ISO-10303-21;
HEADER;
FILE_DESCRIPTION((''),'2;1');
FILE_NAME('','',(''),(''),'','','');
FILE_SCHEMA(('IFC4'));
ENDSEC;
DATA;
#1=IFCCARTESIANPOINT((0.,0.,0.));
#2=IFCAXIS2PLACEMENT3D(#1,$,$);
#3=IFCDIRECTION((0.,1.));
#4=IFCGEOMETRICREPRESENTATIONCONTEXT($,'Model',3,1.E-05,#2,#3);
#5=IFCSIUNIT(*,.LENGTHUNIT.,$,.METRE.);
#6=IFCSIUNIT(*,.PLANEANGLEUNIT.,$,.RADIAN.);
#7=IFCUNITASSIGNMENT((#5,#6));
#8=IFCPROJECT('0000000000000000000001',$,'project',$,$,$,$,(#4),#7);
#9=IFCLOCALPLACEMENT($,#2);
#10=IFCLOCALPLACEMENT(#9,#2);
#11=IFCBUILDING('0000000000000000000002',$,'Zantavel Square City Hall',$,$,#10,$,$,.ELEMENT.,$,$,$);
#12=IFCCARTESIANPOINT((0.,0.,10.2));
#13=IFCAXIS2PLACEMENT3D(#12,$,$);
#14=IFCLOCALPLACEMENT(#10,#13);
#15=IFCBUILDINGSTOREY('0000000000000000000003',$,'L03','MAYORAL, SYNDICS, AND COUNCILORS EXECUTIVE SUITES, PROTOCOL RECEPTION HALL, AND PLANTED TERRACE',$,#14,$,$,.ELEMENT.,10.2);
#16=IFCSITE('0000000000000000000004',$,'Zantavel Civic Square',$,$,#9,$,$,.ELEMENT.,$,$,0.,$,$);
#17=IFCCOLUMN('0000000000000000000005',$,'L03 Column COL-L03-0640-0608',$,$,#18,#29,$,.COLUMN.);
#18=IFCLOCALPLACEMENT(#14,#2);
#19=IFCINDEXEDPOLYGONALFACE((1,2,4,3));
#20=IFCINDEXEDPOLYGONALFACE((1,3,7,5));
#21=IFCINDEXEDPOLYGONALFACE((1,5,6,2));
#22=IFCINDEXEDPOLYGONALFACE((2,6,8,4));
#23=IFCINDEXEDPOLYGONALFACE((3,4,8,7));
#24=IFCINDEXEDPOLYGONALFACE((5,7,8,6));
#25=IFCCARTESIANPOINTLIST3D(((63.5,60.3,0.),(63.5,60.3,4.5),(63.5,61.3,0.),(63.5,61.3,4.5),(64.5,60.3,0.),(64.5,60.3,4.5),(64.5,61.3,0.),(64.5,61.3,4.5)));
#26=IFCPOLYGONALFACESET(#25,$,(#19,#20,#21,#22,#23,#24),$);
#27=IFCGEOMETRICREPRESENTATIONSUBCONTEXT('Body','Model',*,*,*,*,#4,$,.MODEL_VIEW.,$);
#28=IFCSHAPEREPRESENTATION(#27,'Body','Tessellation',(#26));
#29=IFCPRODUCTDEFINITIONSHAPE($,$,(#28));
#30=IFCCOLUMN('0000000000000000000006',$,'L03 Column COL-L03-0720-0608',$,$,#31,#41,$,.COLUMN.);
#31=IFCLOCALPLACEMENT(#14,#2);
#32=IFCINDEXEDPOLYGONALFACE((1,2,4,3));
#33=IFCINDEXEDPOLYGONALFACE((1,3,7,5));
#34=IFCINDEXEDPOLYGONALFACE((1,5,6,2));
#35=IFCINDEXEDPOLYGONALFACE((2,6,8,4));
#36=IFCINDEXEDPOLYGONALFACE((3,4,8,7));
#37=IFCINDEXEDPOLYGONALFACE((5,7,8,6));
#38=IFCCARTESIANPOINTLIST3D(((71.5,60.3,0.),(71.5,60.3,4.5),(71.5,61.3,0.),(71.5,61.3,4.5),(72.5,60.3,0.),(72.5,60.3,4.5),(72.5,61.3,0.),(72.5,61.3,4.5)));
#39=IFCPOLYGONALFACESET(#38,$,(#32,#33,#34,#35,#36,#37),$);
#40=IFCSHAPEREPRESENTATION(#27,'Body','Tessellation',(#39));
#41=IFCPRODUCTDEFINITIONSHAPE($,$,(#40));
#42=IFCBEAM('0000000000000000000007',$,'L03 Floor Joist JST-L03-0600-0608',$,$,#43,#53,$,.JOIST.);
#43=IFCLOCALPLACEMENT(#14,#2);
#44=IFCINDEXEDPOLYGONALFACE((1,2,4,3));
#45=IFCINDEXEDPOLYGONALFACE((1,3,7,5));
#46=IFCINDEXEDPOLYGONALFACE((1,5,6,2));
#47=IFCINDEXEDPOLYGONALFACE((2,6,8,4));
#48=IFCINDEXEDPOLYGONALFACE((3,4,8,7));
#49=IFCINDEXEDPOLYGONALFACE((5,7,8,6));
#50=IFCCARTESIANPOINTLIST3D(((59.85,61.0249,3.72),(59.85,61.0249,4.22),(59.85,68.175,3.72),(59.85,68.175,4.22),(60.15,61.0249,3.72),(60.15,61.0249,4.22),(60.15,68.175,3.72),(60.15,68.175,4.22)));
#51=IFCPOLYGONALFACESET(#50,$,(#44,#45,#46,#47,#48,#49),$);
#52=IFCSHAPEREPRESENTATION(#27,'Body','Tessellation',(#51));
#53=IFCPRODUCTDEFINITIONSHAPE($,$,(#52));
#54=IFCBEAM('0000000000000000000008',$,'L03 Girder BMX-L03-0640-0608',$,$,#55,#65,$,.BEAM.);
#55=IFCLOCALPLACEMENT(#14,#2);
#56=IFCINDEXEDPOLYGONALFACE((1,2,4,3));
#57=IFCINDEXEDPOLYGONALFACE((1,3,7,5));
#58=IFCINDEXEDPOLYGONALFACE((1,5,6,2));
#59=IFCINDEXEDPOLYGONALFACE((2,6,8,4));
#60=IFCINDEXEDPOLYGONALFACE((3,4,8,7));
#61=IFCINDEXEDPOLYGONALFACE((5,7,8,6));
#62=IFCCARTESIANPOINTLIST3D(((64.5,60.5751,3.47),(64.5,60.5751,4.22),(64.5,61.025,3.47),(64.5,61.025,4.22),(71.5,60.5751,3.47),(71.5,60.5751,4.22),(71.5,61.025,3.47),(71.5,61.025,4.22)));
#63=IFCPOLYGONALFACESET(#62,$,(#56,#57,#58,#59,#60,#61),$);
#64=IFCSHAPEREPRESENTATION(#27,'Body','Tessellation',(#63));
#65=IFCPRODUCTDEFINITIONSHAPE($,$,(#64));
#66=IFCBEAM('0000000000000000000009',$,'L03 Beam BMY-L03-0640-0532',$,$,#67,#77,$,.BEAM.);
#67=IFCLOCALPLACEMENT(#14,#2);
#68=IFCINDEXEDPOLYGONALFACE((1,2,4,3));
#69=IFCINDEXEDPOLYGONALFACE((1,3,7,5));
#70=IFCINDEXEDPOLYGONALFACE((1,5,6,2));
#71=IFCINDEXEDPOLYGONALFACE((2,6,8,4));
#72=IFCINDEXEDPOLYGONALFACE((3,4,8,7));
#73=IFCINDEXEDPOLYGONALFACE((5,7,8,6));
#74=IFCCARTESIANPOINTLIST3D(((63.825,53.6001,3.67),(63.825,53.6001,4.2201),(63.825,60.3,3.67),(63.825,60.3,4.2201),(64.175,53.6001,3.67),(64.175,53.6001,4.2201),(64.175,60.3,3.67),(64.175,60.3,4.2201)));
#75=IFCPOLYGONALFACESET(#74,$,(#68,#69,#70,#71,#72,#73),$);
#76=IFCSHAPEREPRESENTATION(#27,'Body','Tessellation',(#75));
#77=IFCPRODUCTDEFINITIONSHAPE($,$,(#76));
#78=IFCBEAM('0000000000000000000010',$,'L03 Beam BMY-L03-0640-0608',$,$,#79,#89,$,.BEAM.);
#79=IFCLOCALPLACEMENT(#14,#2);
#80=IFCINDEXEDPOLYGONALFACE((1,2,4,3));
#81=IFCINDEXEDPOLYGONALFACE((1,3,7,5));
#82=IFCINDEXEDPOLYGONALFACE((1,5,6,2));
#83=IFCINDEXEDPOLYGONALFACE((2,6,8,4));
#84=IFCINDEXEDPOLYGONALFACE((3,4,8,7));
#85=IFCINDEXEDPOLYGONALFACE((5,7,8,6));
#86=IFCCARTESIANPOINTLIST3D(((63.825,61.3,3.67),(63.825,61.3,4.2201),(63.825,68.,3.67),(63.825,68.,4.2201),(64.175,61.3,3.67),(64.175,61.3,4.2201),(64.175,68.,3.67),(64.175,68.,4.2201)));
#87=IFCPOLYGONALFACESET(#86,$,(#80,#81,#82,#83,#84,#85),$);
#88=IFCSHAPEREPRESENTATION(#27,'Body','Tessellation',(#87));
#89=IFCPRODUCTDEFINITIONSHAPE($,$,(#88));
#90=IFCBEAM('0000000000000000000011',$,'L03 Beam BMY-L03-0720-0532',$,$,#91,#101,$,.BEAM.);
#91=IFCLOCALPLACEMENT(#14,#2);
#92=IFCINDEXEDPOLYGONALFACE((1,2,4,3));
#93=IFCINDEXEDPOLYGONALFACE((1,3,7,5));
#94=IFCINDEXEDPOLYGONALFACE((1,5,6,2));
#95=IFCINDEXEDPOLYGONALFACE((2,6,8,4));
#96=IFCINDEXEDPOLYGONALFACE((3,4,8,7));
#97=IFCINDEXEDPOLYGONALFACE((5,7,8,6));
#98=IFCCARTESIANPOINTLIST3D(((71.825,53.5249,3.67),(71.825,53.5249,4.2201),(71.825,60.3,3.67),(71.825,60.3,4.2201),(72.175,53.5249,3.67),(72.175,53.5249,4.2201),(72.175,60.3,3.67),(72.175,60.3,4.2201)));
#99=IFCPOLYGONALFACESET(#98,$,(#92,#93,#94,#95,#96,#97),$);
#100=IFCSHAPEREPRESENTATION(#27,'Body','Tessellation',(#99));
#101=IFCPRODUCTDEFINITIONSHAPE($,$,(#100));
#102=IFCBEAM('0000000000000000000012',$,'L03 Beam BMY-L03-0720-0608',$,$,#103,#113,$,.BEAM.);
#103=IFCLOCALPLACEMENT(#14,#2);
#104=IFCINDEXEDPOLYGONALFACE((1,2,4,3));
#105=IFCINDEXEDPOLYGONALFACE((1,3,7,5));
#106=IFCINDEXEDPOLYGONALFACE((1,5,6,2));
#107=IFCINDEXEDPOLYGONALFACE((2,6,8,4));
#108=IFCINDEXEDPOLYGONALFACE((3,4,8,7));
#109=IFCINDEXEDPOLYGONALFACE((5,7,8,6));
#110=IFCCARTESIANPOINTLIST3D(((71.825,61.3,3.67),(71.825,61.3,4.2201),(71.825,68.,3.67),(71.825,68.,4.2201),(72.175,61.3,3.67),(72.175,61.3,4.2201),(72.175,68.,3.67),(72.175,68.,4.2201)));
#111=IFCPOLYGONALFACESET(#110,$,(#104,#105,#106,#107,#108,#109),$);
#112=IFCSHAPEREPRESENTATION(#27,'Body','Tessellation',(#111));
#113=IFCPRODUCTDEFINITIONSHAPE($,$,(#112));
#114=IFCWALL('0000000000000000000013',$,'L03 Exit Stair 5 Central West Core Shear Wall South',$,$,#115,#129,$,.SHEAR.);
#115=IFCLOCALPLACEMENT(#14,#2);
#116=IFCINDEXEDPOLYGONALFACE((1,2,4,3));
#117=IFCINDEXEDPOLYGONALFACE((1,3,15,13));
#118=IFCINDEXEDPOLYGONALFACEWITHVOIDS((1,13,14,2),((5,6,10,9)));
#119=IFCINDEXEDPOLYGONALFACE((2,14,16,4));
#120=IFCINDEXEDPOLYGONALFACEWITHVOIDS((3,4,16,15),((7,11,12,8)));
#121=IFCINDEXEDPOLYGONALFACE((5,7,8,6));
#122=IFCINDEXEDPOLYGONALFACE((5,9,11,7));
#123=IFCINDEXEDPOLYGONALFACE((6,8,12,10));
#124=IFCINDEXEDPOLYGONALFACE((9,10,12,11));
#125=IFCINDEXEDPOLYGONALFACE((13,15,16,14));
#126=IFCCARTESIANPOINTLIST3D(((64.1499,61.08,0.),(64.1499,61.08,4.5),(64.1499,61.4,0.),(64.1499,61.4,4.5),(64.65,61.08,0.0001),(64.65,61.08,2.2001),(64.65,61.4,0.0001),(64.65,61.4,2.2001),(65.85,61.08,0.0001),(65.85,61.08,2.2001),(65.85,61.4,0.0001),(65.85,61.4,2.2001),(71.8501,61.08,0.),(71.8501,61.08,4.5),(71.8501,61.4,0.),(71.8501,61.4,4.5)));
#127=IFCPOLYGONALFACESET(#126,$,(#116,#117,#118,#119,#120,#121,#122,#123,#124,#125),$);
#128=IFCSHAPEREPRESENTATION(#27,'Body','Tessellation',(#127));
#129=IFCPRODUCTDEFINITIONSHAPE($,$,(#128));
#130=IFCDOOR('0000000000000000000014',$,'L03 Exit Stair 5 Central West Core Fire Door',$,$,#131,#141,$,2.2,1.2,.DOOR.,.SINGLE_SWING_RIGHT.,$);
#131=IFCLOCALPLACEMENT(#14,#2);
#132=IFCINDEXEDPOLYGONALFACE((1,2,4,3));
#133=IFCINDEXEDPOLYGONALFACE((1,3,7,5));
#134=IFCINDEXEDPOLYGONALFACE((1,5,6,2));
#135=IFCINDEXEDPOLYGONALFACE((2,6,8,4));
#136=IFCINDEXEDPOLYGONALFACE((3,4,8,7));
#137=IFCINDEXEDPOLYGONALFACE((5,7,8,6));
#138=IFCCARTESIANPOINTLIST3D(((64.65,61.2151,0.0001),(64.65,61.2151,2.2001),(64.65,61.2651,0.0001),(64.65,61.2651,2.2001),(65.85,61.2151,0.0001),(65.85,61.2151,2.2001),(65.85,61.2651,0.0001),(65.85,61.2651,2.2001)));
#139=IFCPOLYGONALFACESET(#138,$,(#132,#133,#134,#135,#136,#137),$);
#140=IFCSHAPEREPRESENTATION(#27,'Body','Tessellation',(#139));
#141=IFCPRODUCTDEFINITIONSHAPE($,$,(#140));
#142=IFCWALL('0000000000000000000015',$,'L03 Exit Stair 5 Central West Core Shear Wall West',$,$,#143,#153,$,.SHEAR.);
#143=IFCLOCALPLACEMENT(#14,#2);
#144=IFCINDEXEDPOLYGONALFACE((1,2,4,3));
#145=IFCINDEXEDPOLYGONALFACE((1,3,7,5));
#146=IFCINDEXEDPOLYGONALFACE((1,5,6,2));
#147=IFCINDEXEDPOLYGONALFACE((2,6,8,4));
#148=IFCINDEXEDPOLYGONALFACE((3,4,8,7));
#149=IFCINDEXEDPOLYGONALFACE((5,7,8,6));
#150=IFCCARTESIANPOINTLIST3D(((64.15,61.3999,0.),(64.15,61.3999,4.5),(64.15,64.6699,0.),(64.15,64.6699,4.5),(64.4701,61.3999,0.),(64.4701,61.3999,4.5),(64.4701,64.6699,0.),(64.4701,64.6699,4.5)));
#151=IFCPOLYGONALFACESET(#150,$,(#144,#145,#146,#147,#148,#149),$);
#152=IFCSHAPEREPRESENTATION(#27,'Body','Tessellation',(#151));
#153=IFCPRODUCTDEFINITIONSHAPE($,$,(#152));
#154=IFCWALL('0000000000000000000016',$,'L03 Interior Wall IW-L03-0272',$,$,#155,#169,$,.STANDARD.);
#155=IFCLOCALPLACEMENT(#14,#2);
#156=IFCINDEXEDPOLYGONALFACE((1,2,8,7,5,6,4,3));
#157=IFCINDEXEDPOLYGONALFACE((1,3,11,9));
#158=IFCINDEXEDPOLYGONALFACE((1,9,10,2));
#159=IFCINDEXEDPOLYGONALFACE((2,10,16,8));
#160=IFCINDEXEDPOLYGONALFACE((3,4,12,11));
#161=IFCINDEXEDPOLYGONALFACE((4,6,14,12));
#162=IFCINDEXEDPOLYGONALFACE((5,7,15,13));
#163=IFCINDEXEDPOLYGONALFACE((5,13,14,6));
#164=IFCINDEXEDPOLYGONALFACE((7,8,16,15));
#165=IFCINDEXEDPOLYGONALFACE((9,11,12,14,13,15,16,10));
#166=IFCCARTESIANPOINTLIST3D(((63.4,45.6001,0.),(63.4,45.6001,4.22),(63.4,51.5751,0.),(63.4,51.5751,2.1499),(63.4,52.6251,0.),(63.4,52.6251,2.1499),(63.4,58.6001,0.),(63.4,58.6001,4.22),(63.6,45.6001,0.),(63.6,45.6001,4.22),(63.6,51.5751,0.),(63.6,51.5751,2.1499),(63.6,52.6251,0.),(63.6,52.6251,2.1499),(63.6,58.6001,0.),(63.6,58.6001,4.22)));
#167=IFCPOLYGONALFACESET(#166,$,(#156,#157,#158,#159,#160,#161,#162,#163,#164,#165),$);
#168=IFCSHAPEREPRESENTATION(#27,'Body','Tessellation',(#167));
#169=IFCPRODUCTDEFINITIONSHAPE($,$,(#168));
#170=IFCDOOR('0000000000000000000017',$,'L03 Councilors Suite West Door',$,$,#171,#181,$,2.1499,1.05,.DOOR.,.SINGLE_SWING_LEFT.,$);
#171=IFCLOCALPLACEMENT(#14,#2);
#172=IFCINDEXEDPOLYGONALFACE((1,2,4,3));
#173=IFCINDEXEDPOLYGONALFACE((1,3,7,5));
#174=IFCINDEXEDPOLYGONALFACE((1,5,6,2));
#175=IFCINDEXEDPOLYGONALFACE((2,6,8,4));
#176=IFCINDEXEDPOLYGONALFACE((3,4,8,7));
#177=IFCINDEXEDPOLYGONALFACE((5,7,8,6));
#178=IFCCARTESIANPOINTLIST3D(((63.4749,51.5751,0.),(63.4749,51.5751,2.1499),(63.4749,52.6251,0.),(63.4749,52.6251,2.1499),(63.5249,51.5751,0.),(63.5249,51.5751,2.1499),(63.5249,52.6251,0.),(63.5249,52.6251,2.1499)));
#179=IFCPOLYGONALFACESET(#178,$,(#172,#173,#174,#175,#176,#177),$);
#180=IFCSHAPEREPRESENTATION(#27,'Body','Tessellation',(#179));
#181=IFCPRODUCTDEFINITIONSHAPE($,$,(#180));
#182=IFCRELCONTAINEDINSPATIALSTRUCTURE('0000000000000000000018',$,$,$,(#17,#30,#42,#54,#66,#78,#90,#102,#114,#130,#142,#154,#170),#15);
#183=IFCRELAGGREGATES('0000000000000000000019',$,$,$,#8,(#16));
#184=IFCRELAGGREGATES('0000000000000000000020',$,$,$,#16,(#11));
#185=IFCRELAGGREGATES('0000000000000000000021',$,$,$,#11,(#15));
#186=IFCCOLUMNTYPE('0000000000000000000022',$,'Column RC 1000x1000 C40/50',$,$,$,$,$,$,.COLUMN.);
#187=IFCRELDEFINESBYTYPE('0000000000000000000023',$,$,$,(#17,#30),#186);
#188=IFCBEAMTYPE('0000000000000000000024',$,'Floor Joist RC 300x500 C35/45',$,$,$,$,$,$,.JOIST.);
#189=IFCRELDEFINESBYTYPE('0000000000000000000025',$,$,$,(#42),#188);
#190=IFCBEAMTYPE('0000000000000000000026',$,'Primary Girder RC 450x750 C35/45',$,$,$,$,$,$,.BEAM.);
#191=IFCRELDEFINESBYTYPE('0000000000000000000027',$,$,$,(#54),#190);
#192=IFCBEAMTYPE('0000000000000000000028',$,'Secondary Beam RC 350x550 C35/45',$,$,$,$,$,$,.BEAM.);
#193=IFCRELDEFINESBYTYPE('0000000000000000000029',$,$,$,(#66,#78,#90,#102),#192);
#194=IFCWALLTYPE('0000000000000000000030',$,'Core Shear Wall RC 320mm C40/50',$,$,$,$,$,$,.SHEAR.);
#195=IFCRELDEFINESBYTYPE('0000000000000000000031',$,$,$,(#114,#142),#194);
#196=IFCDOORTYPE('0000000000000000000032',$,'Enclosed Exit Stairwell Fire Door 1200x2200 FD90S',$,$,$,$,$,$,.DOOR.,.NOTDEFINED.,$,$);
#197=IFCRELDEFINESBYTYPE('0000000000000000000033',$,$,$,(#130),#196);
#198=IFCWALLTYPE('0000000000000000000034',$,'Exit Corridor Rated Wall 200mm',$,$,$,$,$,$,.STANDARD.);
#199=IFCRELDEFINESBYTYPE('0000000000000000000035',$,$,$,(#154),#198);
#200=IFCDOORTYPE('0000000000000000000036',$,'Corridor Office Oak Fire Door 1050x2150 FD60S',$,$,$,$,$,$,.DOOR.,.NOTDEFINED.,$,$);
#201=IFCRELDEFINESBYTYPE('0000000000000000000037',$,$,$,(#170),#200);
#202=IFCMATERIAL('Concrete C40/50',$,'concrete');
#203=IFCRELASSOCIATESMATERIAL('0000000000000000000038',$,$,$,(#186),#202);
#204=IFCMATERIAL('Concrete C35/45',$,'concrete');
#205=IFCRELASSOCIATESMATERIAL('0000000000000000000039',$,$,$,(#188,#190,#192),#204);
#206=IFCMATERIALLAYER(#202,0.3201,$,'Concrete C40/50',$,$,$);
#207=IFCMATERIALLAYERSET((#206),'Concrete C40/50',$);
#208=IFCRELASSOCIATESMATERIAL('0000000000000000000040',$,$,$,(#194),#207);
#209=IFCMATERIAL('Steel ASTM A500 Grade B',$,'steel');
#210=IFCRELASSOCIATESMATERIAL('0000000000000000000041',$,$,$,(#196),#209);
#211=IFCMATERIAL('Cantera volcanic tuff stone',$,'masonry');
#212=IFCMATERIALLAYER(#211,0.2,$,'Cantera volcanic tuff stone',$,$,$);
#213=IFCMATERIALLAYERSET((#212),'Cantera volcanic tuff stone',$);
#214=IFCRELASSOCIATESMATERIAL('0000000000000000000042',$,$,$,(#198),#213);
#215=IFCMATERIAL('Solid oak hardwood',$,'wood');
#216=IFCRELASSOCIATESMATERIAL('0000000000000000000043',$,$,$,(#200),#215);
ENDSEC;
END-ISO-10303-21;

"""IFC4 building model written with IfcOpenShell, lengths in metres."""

from ifc_helpers import new_model, si_unit, direction, frame, frame_2d, origin, origin_2d, place, context, subcontext, project, spatial, rectangle, extrude, material, layer, layer_set, material_profile, profile_set, type_object, element, fill, save


model = new_model("IFC4")

# Units and contexts
model_context = context("Model", 3, precision=1e-05, world=origin(), true_north=direction((0.0, 1.0)))
body_context = subcontext(model_context, "Body", "Model", "MODEL_VIEW")
ifc_project = project(units=[si_unit("LENGTHUNIT", "METRE"), si_unit("PLANEANGLEUNIT", "RADIAN")], contexts=[model_context])

# Site, building, storey
site_placement = place(None, origin())
site = spatial("IfcSite", under=ifc_project, at=site_placement, Name="Zantavel Civic Square", CompositionType="ELEMENT", RefElevation=0.0)
building_placement = place(site_placement, origin())
building = spatial("IfcBuilding", under=site, at=building_placement, Name="Zantavel Square City Hall", CompositionType="ELEMENT")
storey_placement = place(building_placement, frame((0.0, 0.0, 10.2)))
storey = spatial("IfcBuildingStorey", under=building, at=storey_placement, Name="L03", Description="MAYORAL, SYNDICS, AND COUNCILORS EXECUTIVE SUITES, PROTOCOL RECEPTION HALL, AND PLANTED TERRACE", CompositionType="ELEMENT", Elevation=10.2)

# Columns
ifc_material_1 = material(Name="Concrete C40/50", Category="concrete")
ifc_material_profile_1 = material_profile(ifc_material_1, rectangle(XDim=1.0, YDim=1.0, at=origin_2d()), Name="RC 1000x1000")
ifc_profile_set_1 = profile_set([ifc_material_profile_1], Name="Concrete C40/50")
column_type = type_object("IfcColumnType", Name="Column RC 1000x1000 C40/50", PredefinedType="COLUMN", material=ifc_profile_set_1)
for number, where, z_axis, x_axis, name in (
    (1, (64.0, 60.8, 0.0), (0.0, 0.0, 1.0), (1.0, 0.0, 0.0), "L03 Column COL-L03-0640-0608"),
    (2, (72.0, 60.8, 0.0), (0.0, 0.0, 1.0), (1.0, 0.0, 0.0), "L03 Column COL-L03-0720-0608"),
):
    element("IfcColumn", number, at=place(storey_placement, frame(where, z_axis=z_axis, x_axis=x_axis)), inside=storey, type_object=column_type, Name=name, PredefinedType="COLUMN", context=body_context, shape_type="SweptSolid", body=[
        extrude(rectangle(XDim=1.0, YDim=1.0, at=origin_2d()), origin(), (0.0, 0.0, 1.0), 4.5),
    ])

# Beams
ifc_material_2 = material(Name="Concrete C35/45", Category="concrete")
ifc_material_profile_2 = material_profile(ifc_material_2, rectangle(XDim=0.3, YDim=0.5, at=origin_2d()), Name="RC 300x500")
ifc_profile_set_2 = profile_set([ifc_material_profile_2], Name="Concrete C35/45")
beam_type_1 = type_object("IfcBeamType", Name="Floor Joist RC 300x500 C35/45", PredefinedType="JOIST", material=ifc_profile_set_2)
beam_1_placement = place(storey_placement, frame((60.0, 61.0249, 3.97), z_axis=(0.0, 1.0, 0.0), x_axis=(-1.0, 0.0, 0.0)))
element("IfcBeam", 3, at=beam_1_placement, inside=storey, type_object=beam_type_1, Name="L03 Floor Joist JST-L03-0600-0608", PredefinedType="JOIST", context=body_context, shape_type="SweptSolid", body=[
    extrude(rectangle(XDim=0.3, YDim=0.5, at=origin_2d()), origin(), (0.0, 0.0, 1.0), 7.1501),
])
ifc_material_profile_3 = material_profile(ifc_material_2, rectangle(XDim=0.45, YDim=0.75, at=origin_2d()), Name="RC 450x750")
ifc_profile_set_3 = profile_set([ifc_material_profile_3], Name="Concrete C35/45")
beam_type_2 = type_object("IfcBeamType", Name="Primary Girder RC 450x750 C35/45", PredefinedType="BEAM", material=ifc_profile_set_3)
beam_2_placement = place(storey_placement, frame((64.5, 60.8, 3.845), z_axis=(1.0, 0.0, 0.0), x_axis=(0.0, 1.0, 0.0)))
element("IfcBeam", 4, at=beam_2_placement, inside=storey, type_object=beam_type_2, Name="L03 Girder BMX-L03-0640-0608", PredefinedType="BEAM", context=body_context, shape_type="SweptSolid", body=[
    extrude(rectangle(XDim=0.45, YDim=0.75, at=origin_2d()), origin(), (0.0, 0.0, 1.0), 7.0),
])
ifc_material_profile_4 = material_profile(ifc_material_2, rectangle(XDim=0.3501, YDim=0.55, at=origin_2d()), Name="RC 350x550")
ifc_profile_set_4 = profile_set([ifc_material_profile_4], Name="Concrete C35/45")
beam_type_3 = type_object("IfcBeamType", Name="Secondary Beam RC 350x550 C35/45", PredefinedType="BEAM", material=ifc_profile_set_4)
for number, where, z_axis, x_axis, name in (
    (5, (64.0, 53.6001, 3.9451), (0.0, 1.0, 0.0), (-1.0, 0.0, 0.0), "L03 Beam BMY-L03-0640-0532"),
    (6, (64.0, 61.3, 3.9451), (0.0, 1.0, 0.0), (-1.0, 0.0, 0.0), "L03 Beam BMY-L03-0640-0608"),
):
    element("IfcBeam", number, at=place(storey_placement, frame(where, z_axis=z_axis, x_axis=x_axis)), inside=storey, type_object=beam_type_3, Name=name, PredefinedType="BEAM", context=body_context, shape_type="SweptSolid", body=[
        extrude(rectangle(XDim=0.3501, YDim=0.55, at=origin_2d()), origin(), (0.0, 0.0, 1.0), 6.7),
    ])
beam_3_placement = place(storey_placement, frame((72.0, 53.5249, 3.9451), z_axis=(0.0, 1.0, 0.0), x_axis=(-1.0, 0.0, 0.0)))
element("IfcBeam", 7, at=beam_3_placement, inside=storey, type_object=beam_type_3, Name="L03 Beam BMY-L03-0720-0532", PredefinedType="BEAM", context=body_context, shape_type="SweptSolid", body=[
    extrude(rectangle(XDim=0.3501, YDim=0.55, at=origin_2d()), origin(), (0.0, 0.0, 1.0), 6.7751),
])
beam_4_placement = place(storey_placement, frame((72.0, 61.3, 3.9451), z_axis=(0.0, 1.0, 0.0), x_axis=(-1.0, 0.0, 0.0)))
element("IfcBeam", 8, at=beam_4_placement, inside=storey, type_object=beam_type_3, Name="L03 Beam BMY-L03-0720-0608", PredefinedType="BEAM", context=body_context, shape_type="SweptSolid", body=[
    extrude(rectangle(XDim=0.3501, YDim=0.55, at=origin_2d()), origin(), (0.0, 0.0, 1.0), 6.7),
])

# Wall, opening, door
ifc_layer_1 = layer(ifc_material_1, 0.3201, Name="Concrete C40/50")
ifc_layer_set_1 = layer_set([ifc_layer_1], Name="Concrete C40/50")
wall_type_1 = type_object("IfcWallType", Name="Core Shear Wall RC 320mm C40/50", PredefinedType="SHEAR", material=ifc_layer_set_1)
wall_1_placement = place(storey_placement, frame((71.8501, 61.24, 0.0), z_axis=(0.0, 0.0, 1.0), x_axis=(-1.0, 0.0, 0.0)))
wall_1 = element("IfcWall", 9, at=wall_1_placement, inside=storey, type_object=wall_type_1, Name="L03 Exit Stair 5 Central West Core Shear Wall South", PredefinedType="SHEAR", context=body_context, shape_type="SweptSolid", body=[
    extrude(rectangle(XDim=7.7002, YDim=0.3201, at=frame_2d((3.8501, 0.0))), origin(), (0.0, 0.0, 1.0), 4.5),
])
opening_1_placement = place(wall_1_placement, frame((6.0, 0.0, 0.0)))
opening_1 = element("IfcOpeningElement", 10, at=opening_1_placement, cuts=wall_1, PredefinedType="OPENING", context=body_context, shape_type="SweptSolid", body=[
    extrude(rectangle(XDim=1.2, YDim=2.2, at=frame_2d((0.6001, 1.1001))), frame((0.0, 0.1699, 0.0), z_axis=(0.0, -1.0, 0.0), x_axis=(1.0, 0.0, 0.0)), (0.0, 0.0, 1.0), 0.3401),
])
ifc_material_3 = material(Name="Steel ASTM A500 Grade B", Category="steel")
door_type_1 = type_object("IfcDoorType", Name="Enclosed Exit Stairwell Fire Door 1200x2200 FD90S", OperationType="NOTDEFINED", PredefinedType="DOOR", material=ifc_material_3)
door_1_placement = place(opening_1_placement, origin())
door_1 = element("IfcDoor", 11, at=door_1_placement, inside=storey, type_object=door_type_1, Name="L03 Exit Stair 5 Central West Core Fire Door", OperationType="SINGLE_SWING_RIGHT", OverallHeight=2.2, OverallWidth=1.2, PredefinedType="DOOR", context=body_context, shape_type="SweptSolid", body=[
    extrude(rectangle(XDim=1.2, YDim=2.2, at=frame_2d((0.6001, 1.1001))), frame((0.0, 0.0249, 0.0), z_axis=(0.0, -1.0, 0.0), x_axis=(1.0, 0.0, 0.0)), (0.0, 0.0, 1.0), 0.05),
])
fill(opening_1, door_1)

# Wall
wall_2_placement = place(storey_placement, frame((64.3101, 61.3999, 0.0), z_axis=(0.0, 0.0, 1.0), x_axis=(0.0, 1.0, 0.0)))
element("IfcWall", 12, at=wall_2_placement, inside=storey, type_object=wall_type_1, Name="L03 Exit Stair 5 Central West Core Shear Wall West", PredefinedType="SHEAR", context=body_context, shape_type="SweptSolid", body=[
    extrude(rectangle(XDim=3.27, YDim=0.3201, at=frame_2d((1.635, 0.0))), origin(), (0.0, 0.0, 1.0), 4.5),
])

# Wall, opening, door
ifc_material_4 = material(Name="Cantera volcanic tuff stone", Category="masonry")
ifc_layer_2 = layer(ifc_material_4, 0.2, Name="Cantera volcanic tuff stone")
ifc_layer_set_2 = layer_set([ifc_layer_2], Name="Cantera volcanic tuff stone")
wall_type_2 = type_object("IfcWallType", Name="Exit Corridor Rated Wall 200mm", PredefinedType="STANDARD", material=ifc_layer_set_2)
wall_3_placement = place(storey_placement, frame((63.5, 58.6001, 0.0), z_axis=(0.0, 0.0, 1.0), x_axis=(0.0, -1.0, 0.0)))
wall_3 = element("IfcWall", 13, at=wall_3_placement, inside=storey, type_object=wall_type_2, Name="L03 Interior Wall IW-L03-0272", PredefinedType="STANDARD", context=body_context, shape_type="SweptSolid", body=[
    extrude(rectangle(XDim=13.0, YDim=0.2, at=frame_2d((6.5, 0.0))), origin(), (0.0, 0.0, 1.0), 4.22),
])
opening_2_placement = place(wall_3_placement, frame((5.9751, 0.0, 0.0)))
opening_2 = element("IfcOpeningElement", 14, at=opening_2_placement, cuts=wall_3, PredefinedType="OPENING", context=body_context, shape_type="SweptSolid", body=[
    extrude(rectangle(XDim=1.05, YDim=2.1499, at=frame_2d((0.5249, 1.075))), frame((0.0, 0.1099, 0.0), z_axis=(0.0, -1.0, 0.0), x_axis=(1.0, 0.0, 0.0)), (0.0, 0.0, 1.0), 0.22),
])
ifc_material_5 = material(Name="Solid oak hardwood", Category="wood")
door_type_2 = type_object("IfcDoorType", Name="Corridor Office Oak Fire Door 1050x2150 FD60S", OperationType="NOTDEFINED", PredefinedType="DOOR", material=ifc_material_5)
door_2_placement = place(opening_2_placement, origin())
door_2 = element("IfcDoor", 15, at=door_2_placement, inside=storey, type_object=door_type_2, Name="L03 Councilors Suite West Door", OperationType="SINGLE_SWING_LEFT", OverallHeight=2.1499, OverallWidth=1.05, PredefinedType="DOOR", context=body_context, shape_type="SweptSolid", body=[
    extrude(rectangle(XDim=1.05, YDim=2.1499, at=frame_2d((0.5249, 1.075))), frame((0.0, 0.0249, 0.0), z_axis=(0.0, -1.0, 0.0), x_axis=(1.0, 0.0, 0.0)), (0.0, 0.0, 1.0), 0.05),
])
fill(opening_2, door_2)

save(model, "model.ifc")
